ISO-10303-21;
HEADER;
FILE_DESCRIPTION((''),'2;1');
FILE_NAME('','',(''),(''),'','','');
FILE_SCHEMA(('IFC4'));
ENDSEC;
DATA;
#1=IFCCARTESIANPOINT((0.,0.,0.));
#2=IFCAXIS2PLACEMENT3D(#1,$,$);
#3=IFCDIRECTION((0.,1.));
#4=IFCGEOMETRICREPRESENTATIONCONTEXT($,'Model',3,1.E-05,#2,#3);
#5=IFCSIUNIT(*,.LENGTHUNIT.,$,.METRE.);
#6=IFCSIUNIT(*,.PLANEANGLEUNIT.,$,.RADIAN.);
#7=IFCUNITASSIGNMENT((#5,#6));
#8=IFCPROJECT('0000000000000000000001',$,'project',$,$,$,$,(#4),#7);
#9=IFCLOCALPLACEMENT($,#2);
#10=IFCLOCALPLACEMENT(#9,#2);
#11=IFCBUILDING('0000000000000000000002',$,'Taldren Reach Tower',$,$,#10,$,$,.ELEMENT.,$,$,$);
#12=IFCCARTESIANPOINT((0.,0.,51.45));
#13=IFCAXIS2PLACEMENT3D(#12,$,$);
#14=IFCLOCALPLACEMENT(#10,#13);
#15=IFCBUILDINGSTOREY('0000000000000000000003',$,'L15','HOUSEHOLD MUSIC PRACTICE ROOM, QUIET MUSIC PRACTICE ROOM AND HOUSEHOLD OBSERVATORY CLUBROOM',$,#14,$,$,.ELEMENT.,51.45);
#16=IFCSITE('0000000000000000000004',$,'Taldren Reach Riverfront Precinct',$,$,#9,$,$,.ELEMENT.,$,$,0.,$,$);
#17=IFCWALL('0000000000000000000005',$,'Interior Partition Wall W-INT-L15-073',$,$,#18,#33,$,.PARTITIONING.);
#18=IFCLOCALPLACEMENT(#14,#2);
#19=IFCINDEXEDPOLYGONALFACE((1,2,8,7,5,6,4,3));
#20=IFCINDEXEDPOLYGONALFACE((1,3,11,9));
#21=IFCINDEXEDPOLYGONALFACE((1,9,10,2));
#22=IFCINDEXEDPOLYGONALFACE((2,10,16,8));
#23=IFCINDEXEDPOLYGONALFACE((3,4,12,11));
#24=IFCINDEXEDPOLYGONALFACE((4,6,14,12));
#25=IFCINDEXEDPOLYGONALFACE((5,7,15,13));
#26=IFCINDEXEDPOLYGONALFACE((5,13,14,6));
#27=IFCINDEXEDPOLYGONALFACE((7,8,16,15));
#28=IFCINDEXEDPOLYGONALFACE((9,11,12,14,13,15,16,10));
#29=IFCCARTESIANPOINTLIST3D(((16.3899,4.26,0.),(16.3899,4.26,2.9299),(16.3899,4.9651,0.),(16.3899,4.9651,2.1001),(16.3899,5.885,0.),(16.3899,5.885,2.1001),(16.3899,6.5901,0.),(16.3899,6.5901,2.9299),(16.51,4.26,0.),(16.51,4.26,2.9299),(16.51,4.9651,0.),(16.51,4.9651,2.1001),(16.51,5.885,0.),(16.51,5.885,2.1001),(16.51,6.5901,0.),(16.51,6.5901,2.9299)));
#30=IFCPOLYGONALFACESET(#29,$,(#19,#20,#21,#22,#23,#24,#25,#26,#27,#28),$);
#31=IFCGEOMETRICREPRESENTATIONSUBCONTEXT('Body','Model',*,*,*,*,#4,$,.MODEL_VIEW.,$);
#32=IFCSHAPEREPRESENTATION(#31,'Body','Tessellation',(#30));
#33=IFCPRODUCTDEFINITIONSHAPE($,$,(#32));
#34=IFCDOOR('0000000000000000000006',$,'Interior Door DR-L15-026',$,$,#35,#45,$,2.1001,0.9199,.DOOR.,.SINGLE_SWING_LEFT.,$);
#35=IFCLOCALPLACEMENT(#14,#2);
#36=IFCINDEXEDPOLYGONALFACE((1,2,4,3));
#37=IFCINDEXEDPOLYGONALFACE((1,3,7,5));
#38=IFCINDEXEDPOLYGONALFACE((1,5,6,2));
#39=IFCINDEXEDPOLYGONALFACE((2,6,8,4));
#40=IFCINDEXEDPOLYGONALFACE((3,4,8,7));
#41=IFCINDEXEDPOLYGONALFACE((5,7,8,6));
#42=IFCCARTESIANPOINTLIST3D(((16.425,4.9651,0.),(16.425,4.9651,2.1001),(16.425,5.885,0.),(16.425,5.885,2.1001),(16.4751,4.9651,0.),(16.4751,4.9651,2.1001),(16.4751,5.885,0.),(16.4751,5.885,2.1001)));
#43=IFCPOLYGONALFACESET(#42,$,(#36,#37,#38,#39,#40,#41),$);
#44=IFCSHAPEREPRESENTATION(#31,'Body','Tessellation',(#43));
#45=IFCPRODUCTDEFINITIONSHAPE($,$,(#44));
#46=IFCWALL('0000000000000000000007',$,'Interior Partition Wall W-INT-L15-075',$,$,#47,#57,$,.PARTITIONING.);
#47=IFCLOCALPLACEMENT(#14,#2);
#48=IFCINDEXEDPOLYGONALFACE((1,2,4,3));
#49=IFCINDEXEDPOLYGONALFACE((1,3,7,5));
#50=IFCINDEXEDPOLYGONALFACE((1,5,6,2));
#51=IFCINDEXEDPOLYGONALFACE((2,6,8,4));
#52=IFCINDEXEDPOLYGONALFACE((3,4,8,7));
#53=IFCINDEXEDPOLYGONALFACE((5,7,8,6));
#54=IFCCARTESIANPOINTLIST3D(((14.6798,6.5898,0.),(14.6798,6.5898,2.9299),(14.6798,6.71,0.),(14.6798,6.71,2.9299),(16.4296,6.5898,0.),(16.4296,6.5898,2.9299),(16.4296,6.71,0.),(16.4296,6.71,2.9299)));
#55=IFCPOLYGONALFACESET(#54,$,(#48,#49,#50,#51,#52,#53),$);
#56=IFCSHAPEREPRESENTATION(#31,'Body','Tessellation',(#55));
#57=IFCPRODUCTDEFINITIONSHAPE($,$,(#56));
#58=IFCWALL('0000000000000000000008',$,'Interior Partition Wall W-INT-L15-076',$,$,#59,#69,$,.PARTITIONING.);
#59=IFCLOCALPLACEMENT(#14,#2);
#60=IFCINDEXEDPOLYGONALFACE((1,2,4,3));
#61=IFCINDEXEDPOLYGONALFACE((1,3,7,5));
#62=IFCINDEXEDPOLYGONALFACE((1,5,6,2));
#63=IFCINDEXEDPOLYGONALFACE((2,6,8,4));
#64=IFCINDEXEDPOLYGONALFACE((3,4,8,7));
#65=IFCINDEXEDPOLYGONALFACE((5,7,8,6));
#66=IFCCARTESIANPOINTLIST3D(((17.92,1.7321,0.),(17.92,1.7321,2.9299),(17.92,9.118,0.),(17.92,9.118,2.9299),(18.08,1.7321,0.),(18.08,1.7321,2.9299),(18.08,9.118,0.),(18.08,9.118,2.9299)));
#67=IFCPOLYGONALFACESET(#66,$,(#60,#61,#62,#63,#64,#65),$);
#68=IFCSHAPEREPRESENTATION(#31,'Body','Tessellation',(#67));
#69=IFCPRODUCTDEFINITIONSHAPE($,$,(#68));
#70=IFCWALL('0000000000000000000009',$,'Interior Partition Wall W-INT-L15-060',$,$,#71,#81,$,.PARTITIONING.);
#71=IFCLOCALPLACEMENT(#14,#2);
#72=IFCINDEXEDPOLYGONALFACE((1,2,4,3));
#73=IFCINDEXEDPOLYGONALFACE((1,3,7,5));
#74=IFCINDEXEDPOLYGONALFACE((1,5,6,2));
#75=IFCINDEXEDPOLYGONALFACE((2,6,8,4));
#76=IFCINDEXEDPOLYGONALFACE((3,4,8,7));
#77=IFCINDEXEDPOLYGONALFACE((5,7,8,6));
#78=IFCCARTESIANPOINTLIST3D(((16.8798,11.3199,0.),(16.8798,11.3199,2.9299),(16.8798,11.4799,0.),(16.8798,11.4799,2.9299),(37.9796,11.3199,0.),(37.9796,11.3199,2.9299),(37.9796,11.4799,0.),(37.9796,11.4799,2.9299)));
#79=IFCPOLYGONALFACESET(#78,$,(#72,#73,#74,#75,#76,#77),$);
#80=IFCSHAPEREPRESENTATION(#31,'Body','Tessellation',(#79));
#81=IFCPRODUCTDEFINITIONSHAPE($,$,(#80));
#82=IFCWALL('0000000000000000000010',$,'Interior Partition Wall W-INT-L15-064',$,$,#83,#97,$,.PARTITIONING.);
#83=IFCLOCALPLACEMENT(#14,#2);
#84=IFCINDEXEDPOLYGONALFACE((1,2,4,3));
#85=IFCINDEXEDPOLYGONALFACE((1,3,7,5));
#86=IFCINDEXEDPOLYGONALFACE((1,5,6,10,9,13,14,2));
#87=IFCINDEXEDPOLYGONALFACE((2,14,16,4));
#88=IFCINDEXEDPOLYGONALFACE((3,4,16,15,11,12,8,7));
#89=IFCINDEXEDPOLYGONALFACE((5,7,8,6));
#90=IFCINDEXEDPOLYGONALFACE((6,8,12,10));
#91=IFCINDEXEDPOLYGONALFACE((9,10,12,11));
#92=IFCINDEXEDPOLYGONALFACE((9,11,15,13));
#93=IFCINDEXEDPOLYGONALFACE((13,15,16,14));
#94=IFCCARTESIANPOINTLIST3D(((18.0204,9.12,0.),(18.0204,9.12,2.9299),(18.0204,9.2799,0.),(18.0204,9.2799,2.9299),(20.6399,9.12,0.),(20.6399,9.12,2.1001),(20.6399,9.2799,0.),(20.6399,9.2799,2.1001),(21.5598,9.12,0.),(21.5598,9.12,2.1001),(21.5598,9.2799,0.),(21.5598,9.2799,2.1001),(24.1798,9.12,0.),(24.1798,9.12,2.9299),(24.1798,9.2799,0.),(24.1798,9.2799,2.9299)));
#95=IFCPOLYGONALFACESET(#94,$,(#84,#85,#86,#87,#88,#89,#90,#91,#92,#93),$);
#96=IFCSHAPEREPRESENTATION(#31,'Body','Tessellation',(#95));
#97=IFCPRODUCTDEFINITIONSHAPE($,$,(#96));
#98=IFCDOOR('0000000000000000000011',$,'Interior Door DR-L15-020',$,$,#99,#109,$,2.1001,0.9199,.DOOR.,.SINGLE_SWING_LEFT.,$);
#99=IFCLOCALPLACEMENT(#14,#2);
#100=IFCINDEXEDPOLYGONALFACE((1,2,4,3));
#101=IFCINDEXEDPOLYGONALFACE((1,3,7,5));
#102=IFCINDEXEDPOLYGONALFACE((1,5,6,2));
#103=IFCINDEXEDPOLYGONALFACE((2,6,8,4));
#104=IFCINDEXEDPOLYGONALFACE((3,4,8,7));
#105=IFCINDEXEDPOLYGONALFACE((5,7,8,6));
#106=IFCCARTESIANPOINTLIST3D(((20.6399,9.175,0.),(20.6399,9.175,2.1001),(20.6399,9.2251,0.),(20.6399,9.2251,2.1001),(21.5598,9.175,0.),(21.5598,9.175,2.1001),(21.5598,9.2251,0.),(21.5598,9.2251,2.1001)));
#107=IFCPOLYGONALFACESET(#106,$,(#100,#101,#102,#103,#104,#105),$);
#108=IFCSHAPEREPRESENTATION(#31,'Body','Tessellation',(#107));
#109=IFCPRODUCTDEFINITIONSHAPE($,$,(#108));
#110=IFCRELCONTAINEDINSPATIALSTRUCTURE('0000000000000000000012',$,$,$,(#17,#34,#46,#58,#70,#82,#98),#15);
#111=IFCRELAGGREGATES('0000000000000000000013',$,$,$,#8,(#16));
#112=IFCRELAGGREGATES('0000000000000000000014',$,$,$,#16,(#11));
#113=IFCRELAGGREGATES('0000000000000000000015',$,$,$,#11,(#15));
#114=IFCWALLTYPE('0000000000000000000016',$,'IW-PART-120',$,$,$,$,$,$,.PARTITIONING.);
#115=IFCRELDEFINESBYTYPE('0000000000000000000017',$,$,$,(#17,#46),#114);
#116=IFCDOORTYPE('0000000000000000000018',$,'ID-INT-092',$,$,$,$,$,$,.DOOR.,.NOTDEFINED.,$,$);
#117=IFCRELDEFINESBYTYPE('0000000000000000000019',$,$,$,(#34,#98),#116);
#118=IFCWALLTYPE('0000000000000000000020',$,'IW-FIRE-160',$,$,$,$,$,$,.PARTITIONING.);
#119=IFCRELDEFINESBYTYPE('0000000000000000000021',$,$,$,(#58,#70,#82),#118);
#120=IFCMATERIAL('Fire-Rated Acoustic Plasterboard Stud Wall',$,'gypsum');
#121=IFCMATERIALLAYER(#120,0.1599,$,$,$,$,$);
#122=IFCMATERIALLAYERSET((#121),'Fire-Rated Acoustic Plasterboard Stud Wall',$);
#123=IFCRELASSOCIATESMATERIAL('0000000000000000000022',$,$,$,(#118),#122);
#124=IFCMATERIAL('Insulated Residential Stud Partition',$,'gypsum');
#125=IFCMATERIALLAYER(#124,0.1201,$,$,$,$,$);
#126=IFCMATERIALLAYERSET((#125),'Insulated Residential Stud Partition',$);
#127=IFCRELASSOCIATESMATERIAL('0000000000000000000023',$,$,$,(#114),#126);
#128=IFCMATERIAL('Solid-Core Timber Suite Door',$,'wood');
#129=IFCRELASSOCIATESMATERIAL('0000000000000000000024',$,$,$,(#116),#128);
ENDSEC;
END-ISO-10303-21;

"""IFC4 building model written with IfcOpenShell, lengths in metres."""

from ifc_helpers import new_model, si_unit, direction, frame, frame_2d, origin, place, context, subcontext, project, spatial, rectangle, extrude, source, transform, mapped, material, layer, layer_set, type_object, element, fill, save


model = new_model("IFC4")

# Units and contexts
model_context = context("Model", 3, precision=1e-05, world=origin(), true_north=direction((0.0, 1.0)))
body_context = subcontext(model_context, "Body", "Model", "MODEL_VIEW")
ifc_project = project(units=[si_unit("LENGTHUNIT", "METRE"), si_unit("PLANEANGLEUNIT", "RADIAN")], contexts=[model_context])

# Site, building, storey
site_placement = place(None, origin())
site = spatial("IfcSite", under=ifc_project, at=site_placement, Name="Taldren Reach Riverfront Precinct", CompositionType="ELEMENT", RefElevation=0.0)
building_placement = place(site_placement, origin())
building = spatial("IfcBuilding", under=site, at=building_placement, Name="Taldren Reach Tower", CompositionType="ELEMENT")
storey_placement = place(building_placement, frame((0.0, 0.0, 51.45)))
storey = spatial("IfcBuildingStorey", under=building, at=storey_placement, Name="L15", Description="HOUSEHOLD MUSIC PRACTICE ROOM, QUIET MUSIC PRACTICE ROOM AND HOUSEHOLD OBSERVATORY CLUBROOM", CompositionType="ELEMENT", Elevation=51.45)

# Shared definitions
ifc_material_1 = material(Name="Fire-Rated Acoustic Plasterboard Stud Wall", Category="gypsum")
ifc_layer_1 = layer(ifc_material_1, 0.1599)
ifc_layer_set_1 = layer_set([ifc_layer_1], Name="Fire-Rated Acoustic Plasterboard Stud Wall")
wall_type_1 = type_object("IfcWallType", Name="IW-FIRE-160", PredefinedType="PARTITIONING", material=ifc_layer_set_1)

# Shared definitions
ifc_material_2 = material(Name="Insulated Residential Stud Partition", Category="gypsum")
ifc_layer_2 = layer(ifc_material_2, 0.1201)
ifc_layer_set_2 = layer_set([ifc_layer_2], Name="Insulated Residential Stud Partition")
wall_type_2 = type_object("IfcWallType", Name="IW-PART-120", PredefinedType="PARTITIONING", material=ifc_layer_set_2)

# Wall, opening, door
shared_shape_1 = source(origin(), body_context, "Body", "SweptSolid", [
    extrude(rectangle(XDim=2.3301, YDim=0.1201, at=frame_2d((1.165, 0.0))), origin(), (0.0, 0.0, 1.0), 2.9299),
])
wall_1_placement = place(storey_placement, frame((16.45, 4.26, 0.0), z_axis=(0.0, 0.0, 1.0), x_axis=(0.0, 1.0, 0.0)))
wall_1 = element("IfcWall", 1, at=wall_1_placement, inside=storey, type_object=wall_type_2, Name="Interior Partition Wall W-INT-L15-073", PredefinedType="PARTITIONING", context=body_context, shape_type="MappedRepresentation", body=[
    mapped(shared_shape_1, transform((0.0, 0.0, 0.0), scale=1.0)),
])
shared_shape_2 = source(origin(), body_context, "Body", "SweptSolid", [
    extrude(rectangle(XDim=0.9199, YDim=2.1001, at=frame_2d((0.46, 1.05))), frame((0.0, 0.0701, 0.0), z_axis=(0.0, -1.0, 0.0), x_axis=(1.0, 0.0, 0.0)), (0.0, 0.0, 1.0), 0.1401),
])
opening_1_placement = place(wall_1_placement, frame((0.7051, 0.0, 0.0)))
opening_1 = element("IfcOpeningElement", 2, at=opening_1_placement, cuts=wall_1, PredefinedType="OPENING", context=body_context, shape_type="MappedRepresentation", body=[
    mapped(shared_shape_2, transform((0.0, 0.0, 0.0), scale=1.0)),
])
ifc_material_3 = material(Name="Solid-Core Timber Suite Door", Category="wood")
door_type_1 = type_object("IfcDoorType", Name="ID-INT-092", OperationType="NOTDEFINED", PredefinedType="DOOR", material=ifc_material_3)
shared_shape_3 = source(origin(), body_context, "Body", "SweptSolid", [
    extrude(rectangle(XDim=0.9199, YDim=2.1001, at=frame_2d((0.46, 1.05))), frame((0.0, 0.0249, 0.0), z_axis=(0.0, -1.0, 0.0), x_axis=(1.0, 0.0, 0.0)), (0.0, 0.0, 1.0), 0.05),
])
door_1_placement = place(opening_1_placement, origin())
door_1 = element("IfcDoor", 3, at=door_1_placement, inside=storey, type_object=door_type_1, Name="Interior Door DR-L15-026", OperationType="SINGLE_SWING_LEFT", OverallHeight=2.1001, OverallWidth=0.9199, PredefinedType="DOOR", context=body_context, shape_type="MappedRepresentation", body=[
    mapped(shared_shape_3, transform((0.0, 0.0, 0.0), scale=1.0)),
])
fill(opening_1, door_1)

# Walls
shared_shape_4 = source(origin(), body_context, "Body", "SweptSolid", [
    extrude(rectangle(XDim=1.7498, YDim=0.1201, at=frame_2d((0.875, 0.0))), origin(), (0.0, 0.0, 1.0), 2.9299),
])
wall_2_placement = place(storey_placement, frame((16.4297, 6.6499, 0.0), z_axis=(0.0, 0.0, 1.0), x_axis=(-1.0, 0.0, 0.0)))
element("IfcWall", 4, at=wall_2_placement, inside=storey, type_object=wall_type_2, Name="Interior Partition Wall W-INT-L15-075", PredefinedType="PARTITIONING", context=body_context, shape_type="MappedRepresentation", body=[
    mapped(shared_shape_4, transform((0.0, 0.0, 0.0), scale=1.0)),
])
shared_shape_5 = source(origin(), body_context, "Body", "SweptSolid", [
    extrude(rectangle(XDim=7.386, YDim=0.1599, at=frame_2d((3.6929, 0.0))), origin(), (0.0, 0.0, 1.0), 2.9299),
])
wall_3_placement = place(storey_placement, frame((18.0, 9.1179, 0.0), z_axis=(0.0, 0.0, 1.0), x_axis=(0.0, -1.0, 0.0)))
element("IfcWall", 5, at=wall_3_placement, inside=storey, type_object=wall_type_1, Name="Interior Partition Wall W-INT-L15-076", PredefinedType="PARTITIONING", context=body_context, shape_type="MappedRepresentation", body=[
    mapped(shared_shape_5, transform((0.0, 0.0, 0.0), scale=1.0)),
])
shared_shape_6 = source(origin(), body_context, "Body", "SweptSolid", [
    extrude(rectangle(XDim=21.0999, YDim=0.1599, at=frame_2d((10.5498, 0.0))), origin(), (0.0, 0.0, 1.0), 2.9299),
])
wall_4_placement = place(storey_placement, frame((16.8799, 11.3999, 0.0), z_axis=(0.0, 0.0, 1.0), x_axis=(1.0, 0.0, 0.0)))
element("IfcWall", 6, at=wall_4_placement, inside=storey, type_object=wall_type_1, Name="Interior Partition Wall W-INT-L15-060", PredefinedType="PARTITIONING", context=body_context, shape_type="MappedRepresentation", body=[
    mapped(shared_shape_6, transform((0.0, 0.0, 0.0), scale=1.0)),
])

# Wall, opening, door
shared_shape_7 = source(origin(), body_context, "Body", "SweptSolid", [
    extrude(rectangle(XDim=6.1594, YDim=0.1599, at=frame_2d((3.0796, 0.0))), origin(), (0.0, 0.0, 1.0), 2.9299),
])
wall_5_placement = place(storey_placement, frame((24.1797, 9.2, 0.0), z_axis=(0.0, 0.0, 1.0), x_axis=(-1.0, 0.0, 0.0)))
wall_5 = element("IfcWall", 7, at=wall_5_placement, inside=storey, type_object=wall_type_1, Name="Interior Partition Wall W-INT-L15-064", PredefinedType="PARTITIONING", context=body_context, shape_type="MappedRepresentation", body=[
    mapped(shared_shape_7, transform((0.0, 0.0, 0.0), scale=1.0)),
])
shared_shape_8 = source(origin(), body_context, "Body", "SweptSolid", [
    extrude(rectangle(XDim=0.9199, YDim=2.1001, at=frame_2d((0.46, 1.05))), frame((0.0, 0.0898, 0.0), z_axis=(0.0, -1.0, 0.0), x_axis=(1.0, 0.0, 0.0)), (0.0, 0.0, 1.0), 0.1799),
])
opening_2_placement = place(wall_5_placement, frame((2.6199, 0.0, 0.0)))
opening_2 = element("IfcOpeningElement", 8, at=opening_2_placement, cuts=wall_5, PredefinedType="OPENING", context=body_context, shape_type="MappedRepresentation", body=[
    mapped(shared_shape_8, transform((0.0, 0.0, 0.0), scale=1.0)),
])
door_2_placement = place(opening_2_placement, origin())
door_2 = element("IfcDoor", 9, at=door_2_placement, inside=storey, type_object=door_type_1, Name="Interior Door DR-L15-020", OperationType="SINGLE_SWING_LEFT", OverallHeight=2.1001, OverallWidth=0.9199, PredefinedType="DOOR", context=body_context, shape_type="MappedRepresentation", body=[
    mapped(shared_shape_3, transform((0.0, 0.0, 0.0), scale=1.0)),
])
fill(opening_2, door_2)

save(model, "model.ifc")
